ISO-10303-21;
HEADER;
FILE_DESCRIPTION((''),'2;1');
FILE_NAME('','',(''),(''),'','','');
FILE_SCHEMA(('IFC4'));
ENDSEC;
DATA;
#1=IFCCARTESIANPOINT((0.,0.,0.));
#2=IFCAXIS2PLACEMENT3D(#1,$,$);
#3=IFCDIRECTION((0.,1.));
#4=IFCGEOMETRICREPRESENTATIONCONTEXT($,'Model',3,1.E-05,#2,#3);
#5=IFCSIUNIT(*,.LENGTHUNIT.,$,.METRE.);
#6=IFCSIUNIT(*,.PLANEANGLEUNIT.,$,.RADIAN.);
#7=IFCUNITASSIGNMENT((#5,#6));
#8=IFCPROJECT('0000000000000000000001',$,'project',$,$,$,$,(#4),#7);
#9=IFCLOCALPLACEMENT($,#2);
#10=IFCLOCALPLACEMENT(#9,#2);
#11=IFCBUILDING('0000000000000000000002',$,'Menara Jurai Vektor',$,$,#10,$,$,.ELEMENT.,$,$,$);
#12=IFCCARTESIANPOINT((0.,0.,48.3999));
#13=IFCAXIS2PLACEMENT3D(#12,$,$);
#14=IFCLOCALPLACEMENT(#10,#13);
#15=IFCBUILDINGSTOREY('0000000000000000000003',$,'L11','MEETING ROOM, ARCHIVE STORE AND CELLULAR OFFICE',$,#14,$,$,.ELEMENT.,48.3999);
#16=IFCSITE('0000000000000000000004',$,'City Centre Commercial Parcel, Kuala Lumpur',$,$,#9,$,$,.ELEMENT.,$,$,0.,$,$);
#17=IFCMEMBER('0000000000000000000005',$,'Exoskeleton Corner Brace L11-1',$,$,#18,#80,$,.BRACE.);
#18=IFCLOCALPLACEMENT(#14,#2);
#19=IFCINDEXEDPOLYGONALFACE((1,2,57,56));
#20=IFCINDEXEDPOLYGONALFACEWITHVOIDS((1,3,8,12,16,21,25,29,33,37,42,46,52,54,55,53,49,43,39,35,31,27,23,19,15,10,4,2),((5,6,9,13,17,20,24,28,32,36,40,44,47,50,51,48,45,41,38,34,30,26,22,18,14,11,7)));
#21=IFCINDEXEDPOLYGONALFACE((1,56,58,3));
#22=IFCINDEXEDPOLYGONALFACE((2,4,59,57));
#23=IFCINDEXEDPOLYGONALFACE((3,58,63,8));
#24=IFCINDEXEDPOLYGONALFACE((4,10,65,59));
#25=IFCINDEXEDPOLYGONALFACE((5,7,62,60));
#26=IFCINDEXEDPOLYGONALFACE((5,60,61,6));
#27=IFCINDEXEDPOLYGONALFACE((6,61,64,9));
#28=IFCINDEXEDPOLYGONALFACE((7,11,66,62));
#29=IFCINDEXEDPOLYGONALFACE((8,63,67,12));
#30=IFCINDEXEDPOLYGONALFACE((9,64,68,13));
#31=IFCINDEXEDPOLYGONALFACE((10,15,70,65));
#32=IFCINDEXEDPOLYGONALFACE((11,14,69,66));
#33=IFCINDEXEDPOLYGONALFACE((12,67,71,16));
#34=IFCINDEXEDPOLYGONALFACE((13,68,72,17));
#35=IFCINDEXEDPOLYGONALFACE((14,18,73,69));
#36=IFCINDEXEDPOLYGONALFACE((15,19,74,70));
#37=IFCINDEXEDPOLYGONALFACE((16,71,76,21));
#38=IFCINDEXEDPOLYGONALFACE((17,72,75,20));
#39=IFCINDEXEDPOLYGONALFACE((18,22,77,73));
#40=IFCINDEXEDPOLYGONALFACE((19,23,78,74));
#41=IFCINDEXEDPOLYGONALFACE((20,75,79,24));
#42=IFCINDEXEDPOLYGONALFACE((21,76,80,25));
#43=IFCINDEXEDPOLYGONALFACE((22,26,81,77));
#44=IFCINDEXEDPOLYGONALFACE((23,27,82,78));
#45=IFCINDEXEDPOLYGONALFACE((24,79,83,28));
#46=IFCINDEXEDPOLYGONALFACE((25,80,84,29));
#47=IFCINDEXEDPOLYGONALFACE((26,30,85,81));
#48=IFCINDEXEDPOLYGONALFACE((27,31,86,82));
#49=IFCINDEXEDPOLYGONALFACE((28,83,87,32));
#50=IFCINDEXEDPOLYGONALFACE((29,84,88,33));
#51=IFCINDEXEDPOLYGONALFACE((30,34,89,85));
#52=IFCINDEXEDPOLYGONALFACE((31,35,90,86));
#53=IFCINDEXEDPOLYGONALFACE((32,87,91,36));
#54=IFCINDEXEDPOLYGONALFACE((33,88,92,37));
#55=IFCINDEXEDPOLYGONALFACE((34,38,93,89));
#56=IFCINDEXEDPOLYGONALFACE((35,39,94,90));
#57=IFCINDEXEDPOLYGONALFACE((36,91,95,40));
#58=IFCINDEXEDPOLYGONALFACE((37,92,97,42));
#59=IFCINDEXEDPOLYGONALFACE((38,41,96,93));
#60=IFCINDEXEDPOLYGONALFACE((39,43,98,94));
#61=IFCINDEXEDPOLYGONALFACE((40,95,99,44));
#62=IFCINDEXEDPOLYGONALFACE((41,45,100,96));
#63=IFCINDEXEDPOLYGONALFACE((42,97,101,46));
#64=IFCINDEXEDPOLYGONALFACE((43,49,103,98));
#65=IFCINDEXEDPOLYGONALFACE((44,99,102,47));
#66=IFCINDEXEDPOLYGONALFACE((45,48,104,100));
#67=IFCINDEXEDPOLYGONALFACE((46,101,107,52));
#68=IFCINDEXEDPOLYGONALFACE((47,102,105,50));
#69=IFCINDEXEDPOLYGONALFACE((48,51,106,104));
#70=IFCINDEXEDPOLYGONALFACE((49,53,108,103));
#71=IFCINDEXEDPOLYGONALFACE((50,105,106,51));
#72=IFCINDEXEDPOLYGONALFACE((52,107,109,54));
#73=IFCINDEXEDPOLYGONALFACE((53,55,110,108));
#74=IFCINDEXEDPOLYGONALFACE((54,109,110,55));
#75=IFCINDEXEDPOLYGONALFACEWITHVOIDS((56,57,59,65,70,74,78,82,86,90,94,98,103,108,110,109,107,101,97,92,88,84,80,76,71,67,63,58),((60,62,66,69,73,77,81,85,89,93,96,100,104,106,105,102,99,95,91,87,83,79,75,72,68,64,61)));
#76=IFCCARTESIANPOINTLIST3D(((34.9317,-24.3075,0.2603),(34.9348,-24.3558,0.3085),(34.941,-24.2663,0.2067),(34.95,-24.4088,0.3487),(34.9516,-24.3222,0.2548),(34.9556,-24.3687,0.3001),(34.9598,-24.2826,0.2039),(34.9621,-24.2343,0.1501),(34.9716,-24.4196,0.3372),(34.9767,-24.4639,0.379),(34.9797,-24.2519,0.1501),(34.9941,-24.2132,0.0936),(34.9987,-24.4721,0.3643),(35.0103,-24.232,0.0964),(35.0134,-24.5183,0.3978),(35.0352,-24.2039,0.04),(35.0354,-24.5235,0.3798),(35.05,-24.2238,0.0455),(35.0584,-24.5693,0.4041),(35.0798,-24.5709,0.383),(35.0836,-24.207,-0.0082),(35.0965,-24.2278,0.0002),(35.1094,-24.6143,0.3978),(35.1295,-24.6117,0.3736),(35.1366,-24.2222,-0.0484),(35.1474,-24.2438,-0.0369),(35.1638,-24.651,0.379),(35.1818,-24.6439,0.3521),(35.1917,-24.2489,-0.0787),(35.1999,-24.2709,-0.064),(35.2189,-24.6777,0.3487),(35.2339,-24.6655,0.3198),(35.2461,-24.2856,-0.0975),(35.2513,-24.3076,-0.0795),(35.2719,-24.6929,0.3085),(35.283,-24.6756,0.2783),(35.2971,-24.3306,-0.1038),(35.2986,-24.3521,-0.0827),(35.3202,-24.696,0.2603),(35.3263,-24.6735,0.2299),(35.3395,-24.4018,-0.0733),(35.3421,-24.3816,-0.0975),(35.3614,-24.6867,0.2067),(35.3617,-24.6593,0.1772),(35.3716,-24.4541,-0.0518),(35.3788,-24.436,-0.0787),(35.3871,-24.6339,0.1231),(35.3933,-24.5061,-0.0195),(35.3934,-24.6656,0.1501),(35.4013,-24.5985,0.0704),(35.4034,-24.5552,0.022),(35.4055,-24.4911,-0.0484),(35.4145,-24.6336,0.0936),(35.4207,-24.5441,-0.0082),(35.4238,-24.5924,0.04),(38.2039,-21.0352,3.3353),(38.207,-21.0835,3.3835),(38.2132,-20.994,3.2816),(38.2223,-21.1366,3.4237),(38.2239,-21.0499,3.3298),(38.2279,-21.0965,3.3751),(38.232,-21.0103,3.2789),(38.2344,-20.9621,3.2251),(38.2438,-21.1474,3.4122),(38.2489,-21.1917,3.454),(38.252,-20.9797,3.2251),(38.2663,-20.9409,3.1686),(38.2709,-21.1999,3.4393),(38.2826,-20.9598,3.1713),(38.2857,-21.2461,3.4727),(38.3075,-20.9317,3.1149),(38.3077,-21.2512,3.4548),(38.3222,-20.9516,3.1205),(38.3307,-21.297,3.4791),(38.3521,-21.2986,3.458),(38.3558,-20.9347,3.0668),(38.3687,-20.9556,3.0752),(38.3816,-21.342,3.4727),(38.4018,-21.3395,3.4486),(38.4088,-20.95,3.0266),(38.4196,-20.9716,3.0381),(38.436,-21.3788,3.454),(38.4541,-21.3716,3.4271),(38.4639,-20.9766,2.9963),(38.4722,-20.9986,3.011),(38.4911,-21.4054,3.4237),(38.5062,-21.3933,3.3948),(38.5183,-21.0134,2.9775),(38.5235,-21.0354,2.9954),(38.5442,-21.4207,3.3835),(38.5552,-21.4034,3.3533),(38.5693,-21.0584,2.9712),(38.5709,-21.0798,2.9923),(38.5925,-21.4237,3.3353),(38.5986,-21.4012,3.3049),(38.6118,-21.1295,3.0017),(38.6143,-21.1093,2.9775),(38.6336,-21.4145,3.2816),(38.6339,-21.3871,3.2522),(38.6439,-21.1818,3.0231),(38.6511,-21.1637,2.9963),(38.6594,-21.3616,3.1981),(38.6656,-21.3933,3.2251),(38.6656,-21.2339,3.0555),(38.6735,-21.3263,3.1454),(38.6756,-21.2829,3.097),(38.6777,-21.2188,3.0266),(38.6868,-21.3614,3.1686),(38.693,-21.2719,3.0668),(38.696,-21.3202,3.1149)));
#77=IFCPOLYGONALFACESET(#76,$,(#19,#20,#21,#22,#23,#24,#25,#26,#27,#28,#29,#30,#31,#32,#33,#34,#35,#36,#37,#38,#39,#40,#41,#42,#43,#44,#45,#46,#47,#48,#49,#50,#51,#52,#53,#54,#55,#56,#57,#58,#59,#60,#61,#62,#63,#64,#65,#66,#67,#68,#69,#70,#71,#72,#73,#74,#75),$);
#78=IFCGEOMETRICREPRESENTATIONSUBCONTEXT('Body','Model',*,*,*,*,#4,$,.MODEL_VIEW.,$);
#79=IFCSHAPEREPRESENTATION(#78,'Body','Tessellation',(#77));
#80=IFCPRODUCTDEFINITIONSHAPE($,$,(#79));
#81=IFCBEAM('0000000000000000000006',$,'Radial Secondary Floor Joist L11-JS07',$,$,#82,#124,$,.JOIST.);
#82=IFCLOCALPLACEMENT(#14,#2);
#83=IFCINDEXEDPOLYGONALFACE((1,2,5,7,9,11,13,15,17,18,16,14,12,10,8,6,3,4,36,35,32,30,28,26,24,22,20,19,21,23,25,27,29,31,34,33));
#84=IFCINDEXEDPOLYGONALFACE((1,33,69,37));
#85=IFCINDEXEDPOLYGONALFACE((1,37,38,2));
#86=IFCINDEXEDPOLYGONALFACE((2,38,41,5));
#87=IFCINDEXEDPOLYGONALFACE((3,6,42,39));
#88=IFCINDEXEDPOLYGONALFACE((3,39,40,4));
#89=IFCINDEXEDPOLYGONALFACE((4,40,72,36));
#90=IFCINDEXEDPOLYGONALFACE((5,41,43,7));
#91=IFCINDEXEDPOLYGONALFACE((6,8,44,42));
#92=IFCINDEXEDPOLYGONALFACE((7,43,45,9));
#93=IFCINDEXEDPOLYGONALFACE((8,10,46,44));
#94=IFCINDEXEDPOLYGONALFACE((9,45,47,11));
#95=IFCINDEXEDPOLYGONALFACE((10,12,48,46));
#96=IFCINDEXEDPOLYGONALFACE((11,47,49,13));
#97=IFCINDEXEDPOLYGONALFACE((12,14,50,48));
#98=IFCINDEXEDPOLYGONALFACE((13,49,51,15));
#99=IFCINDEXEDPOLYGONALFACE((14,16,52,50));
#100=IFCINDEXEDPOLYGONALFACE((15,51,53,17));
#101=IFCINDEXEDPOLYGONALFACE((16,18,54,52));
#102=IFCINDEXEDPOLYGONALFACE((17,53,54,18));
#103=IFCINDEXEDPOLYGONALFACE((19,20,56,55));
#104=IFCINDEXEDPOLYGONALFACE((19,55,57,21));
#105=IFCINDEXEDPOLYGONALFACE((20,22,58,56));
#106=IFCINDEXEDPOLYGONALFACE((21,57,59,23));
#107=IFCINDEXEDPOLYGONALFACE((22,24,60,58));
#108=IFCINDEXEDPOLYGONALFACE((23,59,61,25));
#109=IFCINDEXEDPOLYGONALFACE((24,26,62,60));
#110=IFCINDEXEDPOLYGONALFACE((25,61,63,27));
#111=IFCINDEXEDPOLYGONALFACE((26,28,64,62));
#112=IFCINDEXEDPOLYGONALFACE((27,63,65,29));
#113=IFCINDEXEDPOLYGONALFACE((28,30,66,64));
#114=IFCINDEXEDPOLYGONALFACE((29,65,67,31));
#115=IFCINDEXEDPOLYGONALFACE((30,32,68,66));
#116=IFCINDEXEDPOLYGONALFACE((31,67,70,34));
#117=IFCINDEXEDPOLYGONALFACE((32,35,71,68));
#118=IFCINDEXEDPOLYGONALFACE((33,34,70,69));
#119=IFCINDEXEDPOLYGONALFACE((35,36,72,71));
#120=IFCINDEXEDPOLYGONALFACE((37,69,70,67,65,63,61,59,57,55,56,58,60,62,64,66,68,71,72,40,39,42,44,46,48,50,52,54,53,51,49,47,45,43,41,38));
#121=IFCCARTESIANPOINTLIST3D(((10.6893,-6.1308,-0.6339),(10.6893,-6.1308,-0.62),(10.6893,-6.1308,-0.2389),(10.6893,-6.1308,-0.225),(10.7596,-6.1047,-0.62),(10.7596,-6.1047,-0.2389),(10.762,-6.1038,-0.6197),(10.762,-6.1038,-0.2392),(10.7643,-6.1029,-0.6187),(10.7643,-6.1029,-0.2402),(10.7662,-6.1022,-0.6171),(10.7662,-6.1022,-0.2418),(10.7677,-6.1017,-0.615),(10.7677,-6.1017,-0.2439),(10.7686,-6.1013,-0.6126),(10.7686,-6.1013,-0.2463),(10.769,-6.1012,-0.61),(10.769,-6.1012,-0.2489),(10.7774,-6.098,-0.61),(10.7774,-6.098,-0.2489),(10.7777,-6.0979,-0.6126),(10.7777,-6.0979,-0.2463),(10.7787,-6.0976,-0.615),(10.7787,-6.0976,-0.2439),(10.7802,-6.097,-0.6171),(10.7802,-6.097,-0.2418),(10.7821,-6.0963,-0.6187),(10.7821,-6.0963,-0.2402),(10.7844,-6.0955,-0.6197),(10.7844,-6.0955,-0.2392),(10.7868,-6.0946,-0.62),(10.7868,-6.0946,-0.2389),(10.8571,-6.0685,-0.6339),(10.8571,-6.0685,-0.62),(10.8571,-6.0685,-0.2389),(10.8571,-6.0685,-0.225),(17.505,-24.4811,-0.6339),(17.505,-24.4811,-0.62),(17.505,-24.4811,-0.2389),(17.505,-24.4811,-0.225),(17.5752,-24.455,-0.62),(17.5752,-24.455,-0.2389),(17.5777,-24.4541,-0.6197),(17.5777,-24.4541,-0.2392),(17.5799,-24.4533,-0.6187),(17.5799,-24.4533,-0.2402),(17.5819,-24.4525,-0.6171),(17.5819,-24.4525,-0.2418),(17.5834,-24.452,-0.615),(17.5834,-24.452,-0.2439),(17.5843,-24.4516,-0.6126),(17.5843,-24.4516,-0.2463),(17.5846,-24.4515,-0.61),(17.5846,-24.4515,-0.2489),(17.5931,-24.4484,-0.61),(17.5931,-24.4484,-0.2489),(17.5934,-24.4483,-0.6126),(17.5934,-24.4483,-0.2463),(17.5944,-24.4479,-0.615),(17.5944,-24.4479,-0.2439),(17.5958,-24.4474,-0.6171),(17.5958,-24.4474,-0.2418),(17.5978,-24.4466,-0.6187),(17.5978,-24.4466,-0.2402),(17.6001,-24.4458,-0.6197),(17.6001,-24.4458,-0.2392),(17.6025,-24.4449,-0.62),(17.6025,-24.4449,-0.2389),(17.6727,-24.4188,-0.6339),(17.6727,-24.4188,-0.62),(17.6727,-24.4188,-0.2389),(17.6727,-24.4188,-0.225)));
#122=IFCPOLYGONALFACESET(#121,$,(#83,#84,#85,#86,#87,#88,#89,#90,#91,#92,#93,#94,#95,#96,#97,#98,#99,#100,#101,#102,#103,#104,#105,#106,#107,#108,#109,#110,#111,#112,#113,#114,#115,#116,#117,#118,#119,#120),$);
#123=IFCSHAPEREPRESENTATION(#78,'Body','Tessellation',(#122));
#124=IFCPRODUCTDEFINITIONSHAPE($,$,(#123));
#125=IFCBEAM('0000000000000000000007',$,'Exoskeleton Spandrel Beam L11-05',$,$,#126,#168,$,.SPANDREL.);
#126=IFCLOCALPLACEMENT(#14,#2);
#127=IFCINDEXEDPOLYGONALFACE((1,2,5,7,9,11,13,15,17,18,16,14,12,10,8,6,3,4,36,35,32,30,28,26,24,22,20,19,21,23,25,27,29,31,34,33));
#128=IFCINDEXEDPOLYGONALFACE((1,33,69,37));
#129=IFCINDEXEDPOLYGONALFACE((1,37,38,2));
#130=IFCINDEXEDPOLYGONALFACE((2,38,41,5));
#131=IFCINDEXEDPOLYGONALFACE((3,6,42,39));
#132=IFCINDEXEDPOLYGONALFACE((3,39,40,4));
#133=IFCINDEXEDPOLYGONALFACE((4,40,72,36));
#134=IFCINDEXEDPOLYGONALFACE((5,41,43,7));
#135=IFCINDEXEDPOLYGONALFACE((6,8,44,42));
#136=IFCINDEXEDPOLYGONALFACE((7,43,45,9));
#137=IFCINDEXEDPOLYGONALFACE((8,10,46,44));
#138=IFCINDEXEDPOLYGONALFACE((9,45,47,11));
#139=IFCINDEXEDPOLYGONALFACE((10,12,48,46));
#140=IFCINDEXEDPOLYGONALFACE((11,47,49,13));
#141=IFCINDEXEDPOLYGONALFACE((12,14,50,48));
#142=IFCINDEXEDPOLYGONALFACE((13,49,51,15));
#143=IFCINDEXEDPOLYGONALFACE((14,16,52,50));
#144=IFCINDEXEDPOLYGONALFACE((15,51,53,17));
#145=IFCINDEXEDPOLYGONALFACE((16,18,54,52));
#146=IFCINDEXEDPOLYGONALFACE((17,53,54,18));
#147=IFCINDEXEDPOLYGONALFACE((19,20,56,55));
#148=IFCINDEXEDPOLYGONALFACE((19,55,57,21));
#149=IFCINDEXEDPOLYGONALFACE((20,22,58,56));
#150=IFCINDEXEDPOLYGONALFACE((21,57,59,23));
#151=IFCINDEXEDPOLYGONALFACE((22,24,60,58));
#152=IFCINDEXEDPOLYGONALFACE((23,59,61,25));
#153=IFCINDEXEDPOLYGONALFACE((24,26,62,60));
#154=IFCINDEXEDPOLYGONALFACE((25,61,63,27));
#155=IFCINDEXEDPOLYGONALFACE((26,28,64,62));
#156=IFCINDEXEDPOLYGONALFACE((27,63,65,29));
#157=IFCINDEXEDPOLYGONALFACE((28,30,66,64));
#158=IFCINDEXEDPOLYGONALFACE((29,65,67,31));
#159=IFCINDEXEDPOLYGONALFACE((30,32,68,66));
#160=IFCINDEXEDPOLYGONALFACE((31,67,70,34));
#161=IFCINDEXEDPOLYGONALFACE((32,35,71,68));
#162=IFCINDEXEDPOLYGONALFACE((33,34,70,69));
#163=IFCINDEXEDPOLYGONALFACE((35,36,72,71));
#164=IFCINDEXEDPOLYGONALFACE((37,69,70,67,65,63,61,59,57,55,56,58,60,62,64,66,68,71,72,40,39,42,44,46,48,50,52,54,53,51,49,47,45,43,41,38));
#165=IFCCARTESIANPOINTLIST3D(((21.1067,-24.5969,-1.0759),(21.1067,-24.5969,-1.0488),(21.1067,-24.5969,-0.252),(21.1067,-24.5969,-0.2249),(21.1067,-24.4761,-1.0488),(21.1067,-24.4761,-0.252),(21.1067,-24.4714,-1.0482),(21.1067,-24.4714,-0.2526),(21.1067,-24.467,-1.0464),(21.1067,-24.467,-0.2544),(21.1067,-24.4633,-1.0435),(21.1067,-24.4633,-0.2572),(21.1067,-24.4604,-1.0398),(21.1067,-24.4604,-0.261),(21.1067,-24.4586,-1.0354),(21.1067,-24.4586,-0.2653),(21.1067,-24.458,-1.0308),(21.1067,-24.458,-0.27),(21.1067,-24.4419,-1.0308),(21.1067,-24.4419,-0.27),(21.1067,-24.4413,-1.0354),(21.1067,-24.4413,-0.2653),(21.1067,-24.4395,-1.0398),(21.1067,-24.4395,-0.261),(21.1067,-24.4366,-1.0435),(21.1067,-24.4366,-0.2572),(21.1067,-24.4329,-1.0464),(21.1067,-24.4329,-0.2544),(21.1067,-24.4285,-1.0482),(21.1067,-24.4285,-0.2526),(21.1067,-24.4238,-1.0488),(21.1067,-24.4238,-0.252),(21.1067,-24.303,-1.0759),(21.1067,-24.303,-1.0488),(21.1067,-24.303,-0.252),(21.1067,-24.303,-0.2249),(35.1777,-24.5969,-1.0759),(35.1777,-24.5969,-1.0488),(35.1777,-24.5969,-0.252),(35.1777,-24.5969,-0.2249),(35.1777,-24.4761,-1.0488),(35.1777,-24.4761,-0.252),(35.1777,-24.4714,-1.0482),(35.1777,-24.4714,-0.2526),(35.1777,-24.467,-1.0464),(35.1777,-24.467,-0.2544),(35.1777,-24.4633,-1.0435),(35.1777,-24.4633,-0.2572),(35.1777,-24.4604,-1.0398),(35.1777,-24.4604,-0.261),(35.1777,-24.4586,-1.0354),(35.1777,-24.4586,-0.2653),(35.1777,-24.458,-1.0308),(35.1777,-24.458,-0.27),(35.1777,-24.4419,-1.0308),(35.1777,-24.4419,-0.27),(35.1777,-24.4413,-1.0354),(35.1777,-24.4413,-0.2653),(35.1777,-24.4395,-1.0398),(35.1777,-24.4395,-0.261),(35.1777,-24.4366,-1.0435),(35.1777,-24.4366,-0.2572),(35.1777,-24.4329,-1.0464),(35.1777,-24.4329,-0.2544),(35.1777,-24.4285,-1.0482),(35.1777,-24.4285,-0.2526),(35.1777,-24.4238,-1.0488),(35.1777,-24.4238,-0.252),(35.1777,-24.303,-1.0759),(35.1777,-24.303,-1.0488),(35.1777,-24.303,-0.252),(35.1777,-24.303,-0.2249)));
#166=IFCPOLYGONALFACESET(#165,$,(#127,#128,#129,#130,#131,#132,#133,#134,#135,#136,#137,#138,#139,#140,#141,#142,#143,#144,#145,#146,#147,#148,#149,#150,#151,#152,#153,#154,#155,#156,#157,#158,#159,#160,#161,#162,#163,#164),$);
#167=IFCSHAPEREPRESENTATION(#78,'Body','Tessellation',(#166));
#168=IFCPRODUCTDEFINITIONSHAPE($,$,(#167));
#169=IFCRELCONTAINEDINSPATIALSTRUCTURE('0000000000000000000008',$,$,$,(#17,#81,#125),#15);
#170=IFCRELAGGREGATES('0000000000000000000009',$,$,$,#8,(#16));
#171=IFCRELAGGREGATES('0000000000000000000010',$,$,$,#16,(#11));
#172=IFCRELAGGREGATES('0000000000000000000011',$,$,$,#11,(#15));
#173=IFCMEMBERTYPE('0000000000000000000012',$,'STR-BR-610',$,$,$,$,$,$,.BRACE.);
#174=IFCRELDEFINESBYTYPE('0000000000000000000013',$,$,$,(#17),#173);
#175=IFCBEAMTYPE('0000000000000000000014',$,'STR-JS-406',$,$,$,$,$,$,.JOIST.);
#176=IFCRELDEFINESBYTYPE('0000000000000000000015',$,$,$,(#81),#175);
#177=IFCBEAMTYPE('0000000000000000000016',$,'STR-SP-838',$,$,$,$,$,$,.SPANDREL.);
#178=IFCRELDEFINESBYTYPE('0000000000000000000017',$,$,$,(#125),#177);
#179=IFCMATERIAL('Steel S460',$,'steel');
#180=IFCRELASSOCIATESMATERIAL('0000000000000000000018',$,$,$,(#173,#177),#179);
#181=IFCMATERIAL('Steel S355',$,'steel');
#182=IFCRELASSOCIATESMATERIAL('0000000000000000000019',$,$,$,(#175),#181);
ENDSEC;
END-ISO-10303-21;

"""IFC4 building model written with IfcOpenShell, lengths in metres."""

from ifc_helpers import new_model, si_unit, direction, frame, origin, origin_2d, place, context, subcontext, project, spatial, hollow_circle, i_section, extrude, material, material_profile, profile_set, type_object, element, save


model = new_model("IFC4")

# Units and contexts
model_context = context("Model", 3, precision=1e-05, world=origin(), true_north=direction((0.0, 1.0)))
body_context = subcontext(model_context, "Body", "Model", "MODEL_VIEW")
ifc_project = project(units=[si_unit("LENGTHUNIT", "METRE"), si_unit("PLANEANGLEUNIT", "RADIAN")], contexts=[model_context])

# Site, building, storey
site_placement = place(None, origin())
site = spatial("IfcSite", under=ifc_project, at=site_placement, Name="City Centre Commercial Parcel, Kuala Lumpur", CompositionType="ELEMENT", RefElevation=0.0)
building_placement = place(site_placement, origin())
building = spatial("IfcBuilding", under=site, at=building_placement, Name="Menara Jurai Vektor", CompositionType="ELEMENT")
storey_placement = place(building_placement, frame((0.0, 0.0, 48.3999)))
storey = spatial("IfcBuildingStorey", under=building, at=storey_placement, Name="L11", Description="MEETING ROOM, ARCHIVE STORE AND CELLULAR OFFICE", CompositionType="ELEMENT", Elevation=48.3999)

# Shared definitions
ifc_material_1 = material(Name="Steel S460", Category="steel")

# Shared definitions
ifc_material_2 = material(Name="Steel S355", Category="steel")

# Member
ifc_material_profile_1 = material_profile(ifc_material_1, hollow_circle(Radius=0.3049, WallThickness=0.0249, at=origin_2d()), Name="CHS 610x25")
ifc_profile_set_1 = profile_set([ifc_material_profile_1], Name="Steel S460")
member_type_1 = type_object("IfcMemberType", Name="STR-BR-610", PredefinedType="BRACE", material=ifc_profile_set_1)
member_1_placement = place(storey_placement, frame((35.1777, -24.45, 0.1501), z_axis=(0.588942, 0.588942, 0.553438), x_axis=(-0.707107, 0.707107, 0.0)))
element("IfcMember", 1, at=member_1_placement, inside=storey, type_object=member_type_1, Name="Exoskeleton Corner Brace L11-1", PredefinedType="BRACE", context=body_context, shape_type="SweptSolid", body=[
    extrude(hollow_circle(Radius=0.3049, WallThickness=0.0249, at=origin_2d()), origin(), (0.0, 0.0, 1.0), 5.5562),
])

# Beams
ifc_material_profile_2 = material_profile(ifc_material_2, i_section(OverallWidth=0.179, OverallDepth=0.4089, WebThickness=0.009, FlangeThickness=0.0139, FilletRadius=0.01, at=origin_2d()), Name="UKB 406x178x67")
ifc_profile_set_2 = profile_set([ifc_material_profile_2], Name="Steel S355")
beam_type_1 = type_object("IfcBeamType", Name="STR-JS-406", PredefinedType="JOIST", material=ifc_profile_set_2)
beam_1_placement = place(storey_placement, frame((17.5889, -24.45, -0.4294), z_axis=(-0.348179, 0.937428, 0.0), x_axis=(-0.937428, -0.348179, 0.0)))
element("IfcBeam", 2, at=beam_1_placement, inside=storey, type_object=beam_type_1, Name="Radial Secondary Floor Joist L11-JS07", PredefinedType="JOIST", context=body_context, shape_type="SweptSolid", body=[
    extrude(i_section(OverallWidth=0.179, OverallDepth=0.4089, WebThickness=0.009, FlangeThickness=0.0139, FilletRadius=0.01, at=origin_2d()), origin(), (0.0, 0.0, 1.0), 19.5752),
])
ifc_material_profile_3 = material_profile(ifc_material_1, i_section(OverallWidth=0.2939, OverallDepth=0.8511, WebThickness=0.0161, FlangeThickness=0.0271, FilletRadius=0.0181, at=origin_2d()), Name="UKB 838x292x226")
ifc_profile_set_3 = profile_set([ifc_material_profile_3], Name="Steel S460")
beam_type_2 = type_object("IfcBeamType", Name="STR-SP-838", PredefinedType="SPANDREL", material=ifc_profile_set_3)
beam_2_placement = place(storey_placement, frame((21.1067, -24.45, -0.6504), z_axis=(1.0, 0.0, 0.0), x_axis=(0.0, 1.0, 0.0)))
element("IfcBeam", 3, at=beam_2_placement, inside=storey, type_object=beam_type_2, Name="Exoskeleton Spandrel Beam L11-05", PredefinedType="SPANDREL", context=body_context, shape_type="SweptSolid", body=[
    extrude(i_section(OverallWidth=0.2939, OverallDepth=0.8511, WebThickness=0.0161, FlangeThickness=0.0271, FilletRadius=0.0181, at=origin_2d()), origin(), (0.0, 0.0, 1.0), 14.071),
])

save(model, "model.ifc")
